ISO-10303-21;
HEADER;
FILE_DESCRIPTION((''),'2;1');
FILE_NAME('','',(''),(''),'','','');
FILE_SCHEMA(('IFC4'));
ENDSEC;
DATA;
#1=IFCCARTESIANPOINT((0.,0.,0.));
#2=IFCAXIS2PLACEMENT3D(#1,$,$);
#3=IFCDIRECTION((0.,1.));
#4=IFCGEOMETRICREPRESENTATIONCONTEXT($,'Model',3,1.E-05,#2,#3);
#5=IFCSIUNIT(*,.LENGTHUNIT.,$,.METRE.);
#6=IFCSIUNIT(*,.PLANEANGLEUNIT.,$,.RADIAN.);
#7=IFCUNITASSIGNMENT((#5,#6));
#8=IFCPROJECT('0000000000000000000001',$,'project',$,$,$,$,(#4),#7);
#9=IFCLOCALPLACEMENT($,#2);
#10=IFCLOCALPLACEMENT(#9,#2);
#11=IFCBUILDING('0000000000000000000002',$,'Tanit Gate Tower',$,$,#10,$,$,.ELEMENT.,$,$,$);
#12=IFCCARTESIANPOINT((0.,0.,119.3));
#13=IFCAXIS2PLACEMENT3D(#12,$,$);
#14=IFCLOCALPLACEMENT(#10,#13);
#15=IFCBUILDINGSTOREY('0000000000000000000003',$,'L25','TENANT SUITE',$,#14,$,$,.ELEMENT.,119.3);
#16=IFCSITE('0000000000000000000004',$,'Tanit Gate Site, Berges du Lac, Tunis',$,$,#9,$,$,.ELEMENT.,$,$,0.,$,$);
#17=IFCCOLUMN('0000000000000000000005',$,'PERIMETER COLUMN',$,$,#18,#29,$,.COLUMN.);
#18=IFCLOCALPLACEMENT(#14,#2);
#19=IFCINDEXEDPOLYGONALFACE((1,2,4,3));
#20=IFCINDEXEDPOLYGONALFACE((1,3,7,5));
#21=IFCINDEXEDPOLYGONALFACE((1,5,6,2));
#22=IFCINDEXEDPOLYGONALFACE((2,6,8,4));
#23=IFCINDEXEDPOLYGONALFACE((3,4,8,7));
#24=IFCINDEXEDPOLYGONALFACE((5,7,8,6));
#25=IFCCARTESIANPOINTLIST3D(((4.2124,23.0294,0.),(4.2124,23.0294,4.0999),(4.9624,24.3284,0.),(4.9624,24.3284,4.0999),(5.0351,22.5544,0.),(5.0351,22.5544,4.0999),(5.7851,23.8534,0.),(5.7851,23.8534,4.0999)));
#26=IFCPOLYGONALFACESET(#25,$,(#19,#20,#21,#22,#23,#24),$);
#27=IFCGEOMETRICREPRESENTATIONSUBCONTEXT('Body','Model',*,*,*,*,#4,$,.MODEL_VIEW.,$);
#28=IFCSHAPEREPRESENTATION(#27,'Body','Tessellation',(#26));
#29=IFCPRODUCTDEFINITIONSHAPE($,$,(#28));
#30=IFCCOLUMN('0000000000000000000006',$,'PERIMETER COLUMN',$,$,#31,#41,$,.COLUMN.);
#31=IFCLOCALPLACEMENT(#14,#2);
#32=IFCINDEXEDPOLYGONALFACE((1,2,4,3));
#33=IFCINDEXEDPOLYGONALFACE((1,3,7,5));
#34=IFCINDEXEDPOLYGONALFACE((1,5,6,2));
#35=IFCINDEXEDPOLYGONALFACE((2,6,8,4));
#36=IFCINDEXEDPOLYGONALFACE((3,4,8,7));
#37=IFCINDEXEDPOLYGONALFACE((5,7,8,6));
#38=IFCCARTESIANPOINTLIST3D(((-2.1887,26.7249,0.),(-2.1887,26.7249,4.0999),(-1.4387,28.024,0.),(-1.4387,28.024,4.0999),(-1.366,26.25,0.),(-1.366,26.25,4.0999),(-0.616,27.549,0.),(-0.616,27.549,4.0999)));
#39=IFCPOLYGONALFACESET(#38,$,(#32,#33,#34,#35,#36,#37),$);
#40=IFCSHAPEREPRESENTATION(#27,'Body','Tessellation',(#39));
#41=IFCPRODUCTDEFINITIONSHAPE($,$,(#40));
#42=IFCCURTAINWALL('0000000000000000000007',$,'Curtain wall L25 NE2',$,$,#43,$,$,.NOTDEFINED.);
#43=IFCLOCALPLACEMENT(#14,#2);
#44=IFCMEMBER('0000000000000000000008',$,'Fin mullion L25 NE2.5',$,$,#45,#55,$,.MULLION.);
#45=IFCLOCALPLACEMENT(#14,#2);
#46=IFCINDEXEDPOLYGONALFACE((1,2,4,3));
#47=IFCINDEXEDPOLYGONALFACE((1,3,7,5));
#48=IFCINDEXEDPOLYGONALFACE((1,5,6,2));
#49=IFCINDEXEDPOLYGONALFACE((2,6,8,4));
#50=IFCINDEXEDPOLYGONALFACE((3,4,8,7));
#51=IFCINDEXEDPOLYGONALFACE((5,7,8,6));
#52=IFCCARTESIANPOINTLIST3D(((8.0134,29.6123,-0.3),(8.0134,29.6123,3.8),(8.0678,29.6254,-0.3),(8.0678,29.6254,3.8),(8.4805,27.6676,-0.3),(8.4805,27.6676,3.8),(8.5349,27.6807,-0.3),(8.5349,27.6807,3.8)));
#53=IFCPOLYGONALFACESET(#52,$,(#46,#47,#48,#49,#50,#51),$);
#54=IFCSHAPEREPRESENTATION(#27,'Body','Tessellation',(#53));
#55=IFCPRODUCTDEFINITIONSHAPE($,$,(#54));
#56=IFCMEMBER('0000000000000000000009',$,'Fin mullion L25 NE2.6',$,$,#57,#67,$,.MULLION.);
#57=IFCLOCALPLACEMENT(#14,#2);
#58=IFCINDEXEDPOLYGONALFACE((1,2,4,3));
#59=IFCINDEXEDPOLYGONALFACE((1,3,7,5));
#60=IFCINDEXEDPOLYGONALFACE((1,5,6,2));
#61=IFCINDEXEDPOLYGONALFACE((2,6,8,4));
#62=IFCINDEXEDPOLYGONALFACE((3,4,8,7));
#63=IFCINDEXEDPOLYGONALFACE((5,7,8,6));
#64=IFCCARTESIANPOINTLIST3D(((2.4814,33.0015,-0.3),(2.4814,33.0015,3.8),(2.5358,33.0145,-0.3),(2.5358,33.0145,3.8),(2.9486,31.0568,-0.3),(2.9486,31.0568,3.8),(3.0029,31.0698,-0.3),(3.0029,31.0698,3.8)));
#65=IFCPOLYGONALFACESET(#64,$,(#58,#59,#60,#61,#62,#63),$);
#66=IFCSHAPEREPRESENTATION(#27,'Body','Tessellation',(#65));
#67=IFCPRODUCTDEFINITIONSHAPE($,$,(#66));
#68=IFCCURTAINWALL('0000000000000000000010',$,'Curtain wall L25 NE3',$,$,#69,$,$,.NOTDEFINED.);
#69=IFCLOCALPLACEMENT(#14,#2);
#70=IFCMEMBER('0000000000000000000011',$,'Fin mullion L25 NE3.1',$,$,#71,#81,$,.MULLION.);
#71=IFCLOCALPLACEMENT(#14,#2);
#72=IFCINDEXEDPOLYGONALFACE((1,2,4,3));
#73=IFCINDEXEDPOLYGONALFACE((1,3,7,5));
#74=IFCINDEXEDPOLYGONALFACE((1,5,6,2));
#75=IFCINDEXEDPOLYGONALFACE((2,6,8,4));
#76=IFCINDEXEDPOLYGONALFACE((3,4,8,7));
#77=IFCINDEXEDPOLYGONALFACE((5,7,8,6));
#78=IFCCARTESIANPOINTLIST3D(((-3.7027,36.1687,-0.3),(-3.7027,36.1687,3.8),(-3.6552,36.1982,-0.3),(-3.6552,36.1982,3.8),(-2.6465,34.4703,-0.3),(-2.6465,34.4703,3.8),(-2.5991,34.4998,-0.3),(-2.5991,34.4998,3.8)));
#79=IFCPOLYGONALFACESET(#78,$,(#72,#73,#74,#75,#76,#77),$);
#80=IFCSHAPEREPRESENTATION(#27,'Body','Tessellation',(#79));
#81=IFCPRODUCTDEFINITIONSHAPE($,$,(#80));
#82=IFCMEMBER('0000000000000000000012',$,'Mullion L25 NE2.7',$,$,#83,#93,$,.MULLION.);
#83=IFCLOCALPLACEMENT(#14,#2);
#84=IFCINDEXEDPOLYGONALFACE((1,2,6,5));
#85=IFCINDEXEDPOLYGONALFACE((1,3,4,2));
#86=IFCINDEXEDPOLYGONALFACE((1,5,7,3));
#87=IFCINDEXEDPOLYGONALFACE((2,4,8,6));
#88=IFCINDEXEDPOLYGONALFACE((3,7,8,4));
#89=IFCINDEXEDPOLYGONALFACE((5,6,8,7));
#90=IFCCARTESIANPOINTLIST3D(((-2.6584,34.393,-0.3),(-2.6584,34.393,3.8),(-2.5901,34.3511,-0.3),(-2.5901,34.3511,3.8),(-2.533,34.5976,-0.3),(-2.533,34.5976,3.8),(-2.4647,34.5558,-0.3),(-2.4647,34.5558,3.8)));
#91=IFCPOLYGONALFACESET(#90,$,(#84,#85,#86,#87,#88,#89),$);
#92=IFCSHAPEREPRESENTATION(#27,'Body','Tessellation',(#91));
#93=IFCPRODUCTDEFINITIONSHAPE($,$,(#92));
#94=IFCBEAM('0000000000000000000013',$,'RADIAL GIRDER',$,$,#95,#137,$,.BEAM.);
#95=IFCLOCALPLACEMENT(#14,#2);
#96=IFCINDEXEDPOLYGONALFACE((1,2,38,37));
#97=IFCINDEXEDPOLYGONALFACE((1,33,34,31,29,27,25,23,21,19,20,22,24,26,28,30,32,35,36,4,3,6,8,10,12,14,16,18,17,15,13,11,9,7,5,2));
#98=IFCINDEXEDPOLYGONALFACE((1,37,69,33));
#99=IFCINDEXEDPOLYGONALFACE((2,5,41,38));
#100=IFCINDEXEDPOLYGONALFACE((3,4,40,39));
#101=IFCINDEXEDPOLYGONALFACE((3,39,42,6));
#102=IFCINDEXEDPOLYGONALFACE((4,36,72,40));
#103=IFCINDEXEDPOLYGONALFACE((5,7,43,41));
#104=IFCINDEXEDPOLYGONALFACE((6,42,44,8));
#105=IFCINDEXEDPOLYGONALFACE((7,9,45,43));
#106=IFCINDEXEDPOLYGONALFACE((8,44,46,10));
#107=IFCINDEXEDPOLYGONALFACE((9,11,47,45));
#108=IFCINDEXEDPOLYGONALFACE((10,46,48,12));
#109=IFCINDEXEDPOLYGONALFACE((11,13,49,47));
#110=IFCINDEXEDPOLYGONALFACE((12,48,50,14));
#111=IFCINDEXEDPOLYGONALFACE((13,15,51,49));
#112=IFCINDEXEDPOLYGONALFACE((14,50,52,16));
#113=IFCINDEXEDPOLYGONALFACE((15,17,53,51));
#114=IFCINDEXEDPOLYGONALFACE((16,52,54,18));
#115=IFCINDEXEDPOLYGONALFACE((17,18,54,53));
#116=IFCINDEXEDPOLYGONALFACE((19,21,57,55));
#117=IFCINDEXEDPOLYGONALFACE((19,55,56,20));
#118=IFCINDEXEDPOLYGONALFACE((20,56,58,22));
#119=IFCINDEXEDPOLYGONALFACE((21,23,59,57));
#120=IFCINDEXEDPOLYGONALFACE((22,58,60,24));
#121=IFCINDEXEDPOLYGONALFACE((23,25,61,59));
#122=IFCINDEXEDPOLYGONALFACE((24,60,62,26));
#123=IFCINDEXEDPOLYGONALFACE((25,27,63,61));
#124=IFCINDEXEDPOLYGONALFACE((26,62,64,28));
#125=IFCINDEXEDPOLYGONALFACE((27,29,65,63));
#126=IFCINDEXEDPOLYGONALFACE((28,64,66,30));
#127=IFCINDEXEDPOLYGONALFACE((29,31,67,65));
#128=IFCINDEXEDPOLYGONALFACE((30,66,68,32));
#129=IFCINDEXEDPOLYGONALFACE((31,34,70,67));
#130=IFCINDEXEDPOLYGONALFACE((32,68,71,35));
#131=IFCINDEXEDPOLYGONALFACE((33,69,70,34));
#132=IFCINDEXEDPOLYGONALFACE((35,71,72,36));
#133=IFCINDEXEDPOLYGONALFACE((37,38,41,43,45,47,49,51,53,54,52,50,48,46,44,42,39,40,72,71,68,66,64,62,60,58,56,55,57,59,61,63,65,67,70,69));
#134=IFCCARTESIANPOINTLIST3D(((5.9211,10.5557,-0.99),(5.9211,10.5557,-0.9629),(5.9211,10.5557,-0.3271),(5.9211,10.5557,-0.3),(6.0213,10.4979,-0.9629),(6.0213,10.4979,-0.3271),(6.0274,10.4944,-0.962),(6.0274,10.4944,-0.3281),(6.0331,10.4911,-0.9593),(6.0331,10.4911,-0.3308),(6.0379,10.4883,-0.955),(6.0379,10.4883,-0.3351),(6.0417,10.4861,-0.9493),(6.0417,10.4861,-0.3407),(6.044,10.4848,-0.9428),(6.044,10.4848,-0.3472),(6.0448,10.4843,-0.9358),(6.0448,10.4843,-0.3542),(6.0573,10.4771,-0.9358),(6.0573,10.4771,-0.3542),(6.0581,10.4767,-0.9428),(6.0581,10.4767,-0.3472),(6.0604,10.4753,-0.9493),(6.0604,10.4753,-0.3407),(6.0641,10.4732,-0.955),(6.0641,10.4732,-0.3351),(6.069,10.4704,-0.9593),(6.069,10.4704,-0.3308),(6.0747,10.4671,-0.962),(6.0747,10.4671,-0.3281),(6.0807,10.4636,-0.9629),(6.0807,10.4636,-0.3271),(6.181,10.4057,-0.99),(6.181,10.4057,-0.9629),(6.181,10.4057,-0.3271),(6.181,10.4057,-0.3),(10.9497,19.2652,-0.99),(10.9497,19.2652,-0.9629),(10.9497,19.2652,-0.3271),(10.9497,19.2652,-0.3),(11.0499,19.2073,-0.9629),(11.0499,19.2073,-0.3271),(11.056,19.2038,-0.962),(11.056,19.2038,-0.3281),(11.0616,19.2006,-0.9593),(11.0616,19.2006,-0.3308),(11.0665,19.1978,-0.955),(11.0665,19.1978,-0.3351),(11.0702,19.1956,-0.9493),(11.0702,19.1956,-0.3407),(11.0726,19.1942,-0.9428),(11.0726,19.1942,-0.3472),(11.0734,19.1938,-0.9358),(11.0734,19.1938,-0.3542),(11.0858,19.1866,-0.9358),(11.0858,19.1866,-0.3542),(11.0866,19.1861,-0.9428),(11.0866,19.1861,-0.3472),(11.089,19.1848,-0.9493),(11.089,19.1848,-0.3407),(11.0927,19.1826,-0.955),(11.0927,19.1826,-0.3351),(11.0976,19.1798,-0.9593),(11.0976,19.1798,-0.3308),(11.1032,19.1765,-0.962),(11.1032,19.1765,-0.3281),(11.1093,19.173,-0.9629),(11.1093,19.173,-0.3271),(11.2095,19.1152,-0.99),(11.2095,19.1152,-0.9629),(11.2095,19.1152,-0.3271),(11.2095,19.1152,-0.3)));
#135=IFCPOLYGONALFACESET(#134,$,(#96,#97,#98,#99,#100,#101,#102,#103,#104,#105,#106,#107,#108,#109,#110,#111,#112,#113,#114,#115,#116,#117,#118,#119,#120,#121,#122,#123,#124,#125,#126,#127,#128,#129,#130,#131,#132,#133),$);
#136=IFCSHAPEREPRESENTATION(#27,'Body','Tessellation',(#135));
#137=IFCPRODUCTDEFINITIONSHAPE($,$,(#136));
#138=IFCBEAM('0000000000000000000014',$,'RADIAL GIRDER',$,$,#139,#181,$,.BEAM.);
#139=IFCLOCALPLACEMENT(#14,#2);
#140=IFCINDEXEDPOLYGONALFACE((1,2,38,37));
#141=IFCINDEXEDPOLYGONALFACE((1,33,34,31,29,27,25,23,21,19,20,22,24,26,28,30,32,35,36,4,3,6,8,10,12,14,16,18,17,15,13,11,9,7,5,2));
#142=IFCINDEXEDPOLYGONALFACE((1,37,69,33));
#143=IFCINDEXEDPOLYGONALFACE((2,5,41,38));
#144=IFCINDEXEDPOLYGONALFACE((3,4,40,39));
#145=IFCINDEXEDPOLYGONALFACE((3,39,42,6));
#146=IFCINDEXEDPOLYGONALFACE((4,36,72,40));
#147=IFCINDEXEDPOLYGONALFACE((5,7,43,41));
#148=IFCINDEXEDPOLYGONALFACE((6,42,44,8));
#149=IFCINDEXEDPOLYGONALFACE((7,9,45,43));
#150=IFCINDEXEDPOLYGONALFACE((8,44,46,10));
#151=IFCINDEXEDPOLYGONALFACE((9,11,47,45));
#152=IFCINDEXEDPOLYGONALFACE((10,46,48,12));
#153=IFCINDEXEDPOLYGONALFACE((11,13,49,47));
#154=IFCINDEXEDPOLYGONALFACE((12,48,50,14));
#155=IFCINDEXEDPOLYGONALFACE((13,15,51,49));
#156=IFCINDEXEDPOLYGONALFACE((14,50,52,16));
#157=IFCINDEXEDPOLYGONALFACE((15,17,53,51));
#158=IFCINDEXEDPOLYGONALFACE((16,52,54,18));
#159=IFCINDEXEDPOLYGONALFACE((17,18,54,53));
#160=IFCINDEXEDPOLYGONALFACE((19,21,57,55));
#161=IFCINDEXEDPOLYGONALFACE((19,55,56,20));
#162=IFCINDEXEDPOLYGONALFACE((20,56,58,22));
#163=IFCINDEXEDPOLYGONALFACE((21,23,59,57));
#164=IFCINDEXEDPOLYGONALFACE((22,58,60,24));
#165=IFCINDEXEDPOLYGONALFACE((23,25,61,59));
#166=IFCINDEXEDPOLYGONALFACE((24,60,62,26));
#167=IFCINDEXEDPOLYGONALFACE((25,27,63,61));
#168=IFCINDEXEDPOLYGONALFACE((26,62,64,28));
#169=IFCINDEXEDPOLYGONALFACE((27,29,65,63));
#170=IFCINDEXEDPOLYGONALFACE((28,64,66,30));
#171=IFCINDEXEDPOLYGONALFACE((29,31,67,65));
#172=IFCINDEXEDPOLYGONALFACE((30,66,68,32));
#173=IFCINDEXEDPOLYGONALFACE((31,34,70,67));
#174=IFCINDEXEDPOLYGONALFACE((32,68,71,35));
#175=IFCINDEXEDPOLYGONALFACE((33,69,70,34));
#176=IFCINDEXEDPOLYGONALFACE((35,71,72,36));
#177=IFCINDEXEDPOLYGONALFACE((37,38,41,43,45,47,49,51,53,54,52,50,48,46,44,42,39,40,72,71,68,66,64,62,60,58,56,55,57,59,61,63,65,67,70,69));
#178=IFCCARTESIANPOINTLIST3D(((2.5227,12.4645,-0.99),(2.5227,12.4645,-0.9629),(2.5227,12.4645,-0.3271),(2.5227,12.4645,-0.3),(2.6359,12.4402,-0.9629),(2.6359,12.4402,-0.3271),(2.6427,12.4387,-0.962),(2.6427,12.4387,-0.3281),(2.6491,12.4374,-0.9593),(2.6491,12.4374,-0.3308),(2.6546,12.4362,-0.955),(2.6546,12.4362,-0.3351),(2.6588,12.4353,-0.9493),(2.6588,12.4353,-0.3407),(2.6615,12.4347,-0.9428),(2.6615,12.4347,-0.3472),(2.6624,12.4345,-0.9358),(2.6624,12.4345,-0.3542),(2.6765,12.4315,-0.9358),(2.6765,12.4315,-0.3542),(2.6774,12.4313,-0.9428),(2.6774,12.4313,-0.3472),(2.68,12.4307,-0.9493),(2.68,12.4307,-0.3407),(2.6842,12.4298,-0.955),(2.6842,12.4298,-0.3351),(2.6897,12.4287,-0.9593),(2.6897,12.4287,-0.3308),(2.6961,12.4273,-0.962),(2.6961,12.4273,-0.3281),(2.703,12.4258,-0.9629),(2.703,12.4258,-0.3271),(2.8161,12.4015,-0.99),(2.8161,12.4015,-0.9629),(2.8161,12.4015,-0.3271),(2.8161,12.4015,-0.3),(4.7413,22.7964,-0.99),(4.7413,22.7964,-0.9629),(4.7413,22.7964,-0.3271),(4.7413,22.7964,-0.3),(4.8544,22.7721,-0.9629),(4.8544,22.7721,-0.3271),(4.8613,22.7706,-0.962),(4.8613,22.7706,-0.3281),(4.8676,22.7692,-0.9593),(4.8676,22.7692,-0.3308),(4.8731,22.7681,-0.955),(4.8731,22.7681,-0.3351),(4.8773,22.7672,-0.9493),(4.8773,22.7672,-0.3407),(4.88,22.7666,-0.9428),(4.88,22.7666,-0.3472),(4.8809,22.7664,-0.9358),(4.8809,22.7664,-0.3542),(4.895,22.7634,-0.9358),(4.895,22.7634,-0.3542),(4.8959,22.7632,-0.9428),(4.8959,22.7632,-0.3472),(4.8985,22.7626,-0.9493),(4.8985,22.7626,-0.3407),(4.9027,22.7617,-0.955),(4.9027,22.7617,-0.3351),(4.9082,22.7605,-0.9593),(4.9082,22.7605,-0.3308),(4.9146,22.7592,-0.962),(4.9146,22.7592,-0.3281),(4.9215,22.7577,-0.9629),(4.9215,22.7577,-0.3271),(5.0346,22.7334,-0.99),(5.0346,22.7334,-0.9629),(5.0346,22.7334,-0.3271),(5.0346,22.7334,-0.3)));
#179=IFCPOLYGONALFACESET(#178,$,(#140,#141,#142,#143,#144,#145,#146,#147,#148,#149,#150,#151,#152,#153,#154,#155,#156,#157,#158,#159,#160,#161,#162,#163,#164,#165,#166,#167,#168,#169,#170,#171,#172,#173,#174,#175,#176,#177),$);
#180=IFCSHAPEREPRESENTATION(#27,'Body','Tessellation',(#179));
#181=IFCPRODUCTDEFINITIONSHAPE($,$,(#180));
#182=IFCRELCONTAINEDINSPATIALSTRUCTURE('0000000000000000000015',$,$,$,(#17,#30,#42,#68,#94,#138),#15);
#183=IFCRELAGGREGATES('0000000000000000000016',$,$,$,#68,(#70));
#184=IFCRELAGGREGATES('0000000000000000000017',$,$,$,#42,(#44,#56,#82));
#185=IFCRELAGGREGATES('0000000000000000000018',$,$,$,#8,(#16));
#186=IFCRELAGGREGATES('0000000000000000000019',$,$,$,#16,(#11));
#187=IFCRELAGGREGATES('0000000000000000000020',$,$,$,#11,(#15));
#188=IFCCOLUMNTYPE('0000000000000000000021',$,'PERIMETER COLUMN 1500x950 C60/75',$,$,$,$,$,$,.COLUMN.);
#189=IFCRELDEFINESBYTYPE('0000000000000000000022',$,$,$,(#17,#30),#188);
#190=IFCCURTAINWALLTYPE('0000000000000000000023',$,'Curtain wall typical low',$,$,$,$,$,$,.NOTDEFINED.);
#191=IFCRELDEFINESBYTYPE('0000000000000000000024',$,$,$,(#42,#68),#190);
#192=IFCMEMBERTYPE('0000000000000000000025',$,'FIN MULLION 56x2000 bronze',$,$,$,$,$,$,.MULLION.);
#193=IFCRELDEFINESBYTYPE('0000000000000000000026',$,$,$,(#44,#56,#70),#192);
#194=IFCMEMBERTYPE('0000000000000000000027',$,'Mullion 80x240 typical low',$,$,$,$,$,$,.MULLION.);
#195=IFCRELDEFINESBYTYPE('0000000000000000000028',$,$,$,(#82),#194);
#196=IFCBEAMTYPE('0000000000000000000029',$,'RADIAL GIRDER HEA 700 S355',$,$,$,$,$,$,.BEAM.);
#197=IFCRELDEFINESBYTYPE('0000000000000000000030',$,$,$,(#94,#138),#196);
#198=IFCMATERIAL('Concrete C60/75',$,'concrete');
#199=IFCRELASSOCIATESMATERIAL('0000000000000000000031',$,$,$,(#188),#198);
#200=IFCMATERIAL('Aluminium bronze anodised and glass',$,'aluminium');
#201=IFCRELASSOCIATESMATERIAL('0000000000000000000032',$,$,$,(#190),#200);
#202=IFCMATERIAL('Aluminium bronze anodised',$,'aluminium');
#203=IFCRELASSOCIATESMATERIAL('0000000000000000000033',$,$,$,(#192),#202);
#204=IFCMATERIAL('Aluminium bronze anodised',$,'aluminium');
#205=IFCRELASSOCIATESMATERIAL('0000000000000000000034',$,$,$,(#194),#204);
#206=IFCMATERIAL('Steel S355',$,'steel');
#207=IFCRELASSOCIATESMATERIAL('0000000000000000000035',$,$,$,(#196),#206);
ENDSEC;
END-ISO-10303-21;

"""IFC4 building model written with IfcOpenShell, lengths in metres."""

from ifc_helpers import new_model, si_unit, direction, frame, origin, origin_2d, place, context, subcontext, project, spatial, rectangle, i_section, extrude, material, material_profile, profile_set, type_object, element, aggregate, save


model = new_model("IFC4")

# Units and contexts
model_context = context("Model", 3, precision=1e-05, world=origin(), true_north=direction((0.0, 1.0)))
body_context = subcontext(model_context, "Body", "Model", "MODEL_VIEW")
ifc_project = project(units=[si_unit("LENGTHUNIT", "METRE"), si_unit("PLANEANGLEUNIT", "RADIAN")], contexts=[model_context])

# Site, building, storey
site_placement = place(None, origin())
site = spatial("IfcSite", under=ifc_project, at=site_placement, Name="Tanit Gate Site, Berges du Lac, Tunis", CompositionType="ELEMENT", RefElevation=0.0)
building_placement = place(site_placement, origin())
building = spatial("IfcBuilding", under=site, at=building_placement, Name="Tanit Gate Tower", CompositionType="ELEMENT")
storey_placement = place(building_placement, frame((0.0, 0.0, 119.3)))
storey = spatial("IfcBuildingStorey", under=building, at=storey_placement, Name="L25", Description="TENANT SUITE", CompositionType="ELEMENT", Elevation=119.3)

# Columns
ifc_material_1 = material(Name="Concrete C60/75", Category="concrete")
ifc_material_profile_1 = material_profile(ifc_material_1, rectangle(XDim=1.5, YDim=0.95, at=origin_2d()), Name="RC 1500x950")
ifc_profile_set_1 = profile_set([ifc_material_profile_1], Name="Concrete C60/75")
column_type = type_object("IfcColumnType", Name="PERIMETER COLUMN 1500x950 C60/75", PredefinedType="COLUMN", material=ifc_profile_set_1)
for number, where, z_axis, x_axis, name in (
    (1, (4.9988, 23.4414, 0.0), (0.0, 0.0, 1.0), (0.5, 0.866025, 0.0), "PERIMETER COLUMN"),
    (2, (-1.4023, 27.137, 0.0), (0.0, 0.0, 1.0), (0.5, 0.866025, 0.0), "PERIMETER COLUMN"),
):
    element("IfcColumn", number, at=place(storey_placement, frame(where, z_axis=z_axis, x_axis=x_axis)), inside=storey, type_object=column_type, Name=name, PredefinedType="COLUMN", context=body_context, shape_type="SweptSolid", body=[
        extrude(rectangle(XDim=1.5, YDim=0.95, at=origin_2d()), origin(), (0.0, 0.0, 1.0), 4.0999),
    ])

# Curtain wall, members
ifc_material_2 = material(Name="Aluminium bronze anodised and glass", Category="aluminium")
curtain_wall_type = type_object("IfcCurtainWallType", Name="Curtain wall typical low", PredefinedType="NOTDEFINED", material=ifc_material_2)
curtain_wall_1_placement = place(storey_placement, origin())
curtain_wall_1 = element("IfcCurtainWall", 3, at=curtain_wall_1_placement, inside=storey, type_object=curtain_wall_type, Name="Curtain wall L25 NE2", PredefinedType="NOTDEFINED")
ifc_material_3 = material(Name="Aluminium bronze anodised", Category="aluminium")
ifc_material_profile_2 = material_profile(ifc_material_3, rectangle(XDim=2.0, YDim=0.0559, at=origin_2d()), Name="56x2000 bronze fin mullion")
ifc_profile_set_2 = profile_set([ifc_material_profile_2], Name="Aluminium bronze anodised")
member_type_1 = type_object("IfcMemberType", Name="FIN MULLION 56x2000 bronze", PredefinedType="MULLION", material=ifc_profile_set_2)
member_1_placement = place(storey_placement, frame((8.2742, 28.6465, -0.3), z_axis=(0.0, 0.0, 1.0), x_axis=(0.233557, -0.972343, 0.0)))
member_1 = element("IfcMember", 4, at=member_1_placement, type_object=member_type_1, Name="Fin mullion L25 NE2.5", PredefinedType="MULLION", context=body_context, shape_type="SweptSolid", body=[
    extrude(rectangle(XDim=2.0, YDim=0.0559, at=origin_2d()), origin(), (0.0, 0.0, 1.0), 4.1001),
])
member_2_placement = place(storey_placement, frame((2.7422, 32.0356, -0.3), z_axis=(0.0, 0.0, 1.0), x_axis=(0.233557, -0.972343, 0.0)))
member_2 = element("IfcMember", 5, at=member_2_placement, type_object=member_type_1, Name="Fin mullion L25 NE2.6", PredefinedType="MULLION", context=body_context, shape_type="SweptSolid", body=[
    extrude(rectangle(XDim=2.0, YDim=0.0559, at=origin_2d()), origin(), (0.0, 0.0, 1.0), 4.1001),
])

# Curtain wall, member
curtain_wall_2_placement = place(storey_placement, origin())
curtain_wall_2 = element("IfcCurtainWall", 6, at=curtain_wall_2_placement, inside=storey, type_object=curtain_wall_type, Name="Curtain wall L25 NE3", PredefinedType="NOTDEFINED")
member_3_placement = place(storey_placement, frame((-3.1509, 35.3342, -0.3), z_axis=(0.0, 0.0, 1.0), x_axis=(0.528086, -0.849191, 0.0)))
member_3 = element("IfcMember", 7, at=member_3_placement, type_object=member_type_1, Name="Fin mullion L25 NE3.1", PredefinedType="MULLION", context=body_context, shape_type="SweptSolid", body=[
    extrude(rectangle(XDim=2.0, YDim=0.0559, at=origin_2d()), origin(), (0.0, 0.0, 1.0), 4.1001),
])

# Member
ifc_material_4 = material(Name="Aluminium bronze anodised", Category="aluminium")
ifc_material_profile_3 = material_profile(ifc_material_4, rectangle(XDim=0.24, YDim=0.0801, at=origin_2d()), Name="80x240 bronze mullion")
ifc_profile_set_3 = profile_set([ifc_material_profile_3], Name="Aluminium bronze anodised")
member_type_2 = type_object("IfcMemberType", Name="Mullion 80x240 typical low", PredefinedType="MULLION", material=ifc_profile_set_3)
member_4_placement = place(storey_placement, frame((-2.5615, 34.4744, -0.3), z_axis=(0.0, 0.0, 1.0), x_axis=(-0.522401, -0.8527, 0.0)))
member_4 = element("IfcMember", 8, at=member_4_placement, type_object=member_type_2, Name="Mullion L25 NE2.7", PredefinedType="MULLION", context=body_context, shape_type="SweptSolid", body=[
    extrude(rectangle(XDim=0.24, YDim=0.0801, at=origin_2d()), origin(), (0.0, 0.0, 1.0), 4.1001),
])

# Beams
ifc_material_5 = material(Name="Steel S355", Category="steel")
ifc_material_profile_4 = material_profile(ifc_material_5, i_section(OverallWidth=0.3, OverallDepth=0.6899, WebThickness=0.0144, FlangeThickness=0.0271, FilletRadius=0.0271, at=origin_2d()), Name="HEA 700")
ifc_profile_set_4 = profile_set([ifc_material_profile_4], Name="Steel S355")
beam_type = type_object("IfcBeamType", Name="RADIAL GIRDER HEA 700 S355", PredefinedType="BEAM", material=ifc_profile_set_4)
beam_1_placement = place(storey_placement, frame((11.0796, 19.1902, -0.645), z_axis=(-0.500011, -0.866019, 0.0), x_axis=(0.866019, -0.500011, 0.0)))
element("IfcBeam", 9, at=beam_1_placement, inside=storey, type_object=beam_type, Name="RADIAL GIRDER", PredefinedType="BEAM", context=body_context, shape_type="SweptSolid", body=[
    extrude(i_section(OverallWidth=0.3, OverallDepth=0.6899, WebThickness=0.0144, FlangeThickness=0.0271, FilletRadius=0.0271, at=origin_2d()), origin(), (0.0, 0.0, 1.0), 10.0569),
])
beam_2_placement = place(storey_placement, frame((4.8879, 22.7649, -0.645), z_axis=(-0.209941, -0.977714, 0.0), x_axis=(0.977714, -0.209941, 0.0)))
element("IfcBeam", 10, at=beam_2_placement, inside=storey, type_object=beam_type, Name="RADIAL GIRDER", PredefinedType="BEAM", context=body_context, shape_type="SweptSolid", body=[
    extrude(i_section(OverallWidth=0.3, OverallDepth=0.6899, WebThickness=0.0144, FlangeThickness=0.0271, FilletRadius=0.0271, at=origin_2d()), origin(), (0.0, 0.0, 1.0), 10.5674),
])

aggregate(curtain_wall_2, [member_3])

aggregate(curtain_wall_1, [member_1, member_2, member_4])

save(model, "model.ifc")
